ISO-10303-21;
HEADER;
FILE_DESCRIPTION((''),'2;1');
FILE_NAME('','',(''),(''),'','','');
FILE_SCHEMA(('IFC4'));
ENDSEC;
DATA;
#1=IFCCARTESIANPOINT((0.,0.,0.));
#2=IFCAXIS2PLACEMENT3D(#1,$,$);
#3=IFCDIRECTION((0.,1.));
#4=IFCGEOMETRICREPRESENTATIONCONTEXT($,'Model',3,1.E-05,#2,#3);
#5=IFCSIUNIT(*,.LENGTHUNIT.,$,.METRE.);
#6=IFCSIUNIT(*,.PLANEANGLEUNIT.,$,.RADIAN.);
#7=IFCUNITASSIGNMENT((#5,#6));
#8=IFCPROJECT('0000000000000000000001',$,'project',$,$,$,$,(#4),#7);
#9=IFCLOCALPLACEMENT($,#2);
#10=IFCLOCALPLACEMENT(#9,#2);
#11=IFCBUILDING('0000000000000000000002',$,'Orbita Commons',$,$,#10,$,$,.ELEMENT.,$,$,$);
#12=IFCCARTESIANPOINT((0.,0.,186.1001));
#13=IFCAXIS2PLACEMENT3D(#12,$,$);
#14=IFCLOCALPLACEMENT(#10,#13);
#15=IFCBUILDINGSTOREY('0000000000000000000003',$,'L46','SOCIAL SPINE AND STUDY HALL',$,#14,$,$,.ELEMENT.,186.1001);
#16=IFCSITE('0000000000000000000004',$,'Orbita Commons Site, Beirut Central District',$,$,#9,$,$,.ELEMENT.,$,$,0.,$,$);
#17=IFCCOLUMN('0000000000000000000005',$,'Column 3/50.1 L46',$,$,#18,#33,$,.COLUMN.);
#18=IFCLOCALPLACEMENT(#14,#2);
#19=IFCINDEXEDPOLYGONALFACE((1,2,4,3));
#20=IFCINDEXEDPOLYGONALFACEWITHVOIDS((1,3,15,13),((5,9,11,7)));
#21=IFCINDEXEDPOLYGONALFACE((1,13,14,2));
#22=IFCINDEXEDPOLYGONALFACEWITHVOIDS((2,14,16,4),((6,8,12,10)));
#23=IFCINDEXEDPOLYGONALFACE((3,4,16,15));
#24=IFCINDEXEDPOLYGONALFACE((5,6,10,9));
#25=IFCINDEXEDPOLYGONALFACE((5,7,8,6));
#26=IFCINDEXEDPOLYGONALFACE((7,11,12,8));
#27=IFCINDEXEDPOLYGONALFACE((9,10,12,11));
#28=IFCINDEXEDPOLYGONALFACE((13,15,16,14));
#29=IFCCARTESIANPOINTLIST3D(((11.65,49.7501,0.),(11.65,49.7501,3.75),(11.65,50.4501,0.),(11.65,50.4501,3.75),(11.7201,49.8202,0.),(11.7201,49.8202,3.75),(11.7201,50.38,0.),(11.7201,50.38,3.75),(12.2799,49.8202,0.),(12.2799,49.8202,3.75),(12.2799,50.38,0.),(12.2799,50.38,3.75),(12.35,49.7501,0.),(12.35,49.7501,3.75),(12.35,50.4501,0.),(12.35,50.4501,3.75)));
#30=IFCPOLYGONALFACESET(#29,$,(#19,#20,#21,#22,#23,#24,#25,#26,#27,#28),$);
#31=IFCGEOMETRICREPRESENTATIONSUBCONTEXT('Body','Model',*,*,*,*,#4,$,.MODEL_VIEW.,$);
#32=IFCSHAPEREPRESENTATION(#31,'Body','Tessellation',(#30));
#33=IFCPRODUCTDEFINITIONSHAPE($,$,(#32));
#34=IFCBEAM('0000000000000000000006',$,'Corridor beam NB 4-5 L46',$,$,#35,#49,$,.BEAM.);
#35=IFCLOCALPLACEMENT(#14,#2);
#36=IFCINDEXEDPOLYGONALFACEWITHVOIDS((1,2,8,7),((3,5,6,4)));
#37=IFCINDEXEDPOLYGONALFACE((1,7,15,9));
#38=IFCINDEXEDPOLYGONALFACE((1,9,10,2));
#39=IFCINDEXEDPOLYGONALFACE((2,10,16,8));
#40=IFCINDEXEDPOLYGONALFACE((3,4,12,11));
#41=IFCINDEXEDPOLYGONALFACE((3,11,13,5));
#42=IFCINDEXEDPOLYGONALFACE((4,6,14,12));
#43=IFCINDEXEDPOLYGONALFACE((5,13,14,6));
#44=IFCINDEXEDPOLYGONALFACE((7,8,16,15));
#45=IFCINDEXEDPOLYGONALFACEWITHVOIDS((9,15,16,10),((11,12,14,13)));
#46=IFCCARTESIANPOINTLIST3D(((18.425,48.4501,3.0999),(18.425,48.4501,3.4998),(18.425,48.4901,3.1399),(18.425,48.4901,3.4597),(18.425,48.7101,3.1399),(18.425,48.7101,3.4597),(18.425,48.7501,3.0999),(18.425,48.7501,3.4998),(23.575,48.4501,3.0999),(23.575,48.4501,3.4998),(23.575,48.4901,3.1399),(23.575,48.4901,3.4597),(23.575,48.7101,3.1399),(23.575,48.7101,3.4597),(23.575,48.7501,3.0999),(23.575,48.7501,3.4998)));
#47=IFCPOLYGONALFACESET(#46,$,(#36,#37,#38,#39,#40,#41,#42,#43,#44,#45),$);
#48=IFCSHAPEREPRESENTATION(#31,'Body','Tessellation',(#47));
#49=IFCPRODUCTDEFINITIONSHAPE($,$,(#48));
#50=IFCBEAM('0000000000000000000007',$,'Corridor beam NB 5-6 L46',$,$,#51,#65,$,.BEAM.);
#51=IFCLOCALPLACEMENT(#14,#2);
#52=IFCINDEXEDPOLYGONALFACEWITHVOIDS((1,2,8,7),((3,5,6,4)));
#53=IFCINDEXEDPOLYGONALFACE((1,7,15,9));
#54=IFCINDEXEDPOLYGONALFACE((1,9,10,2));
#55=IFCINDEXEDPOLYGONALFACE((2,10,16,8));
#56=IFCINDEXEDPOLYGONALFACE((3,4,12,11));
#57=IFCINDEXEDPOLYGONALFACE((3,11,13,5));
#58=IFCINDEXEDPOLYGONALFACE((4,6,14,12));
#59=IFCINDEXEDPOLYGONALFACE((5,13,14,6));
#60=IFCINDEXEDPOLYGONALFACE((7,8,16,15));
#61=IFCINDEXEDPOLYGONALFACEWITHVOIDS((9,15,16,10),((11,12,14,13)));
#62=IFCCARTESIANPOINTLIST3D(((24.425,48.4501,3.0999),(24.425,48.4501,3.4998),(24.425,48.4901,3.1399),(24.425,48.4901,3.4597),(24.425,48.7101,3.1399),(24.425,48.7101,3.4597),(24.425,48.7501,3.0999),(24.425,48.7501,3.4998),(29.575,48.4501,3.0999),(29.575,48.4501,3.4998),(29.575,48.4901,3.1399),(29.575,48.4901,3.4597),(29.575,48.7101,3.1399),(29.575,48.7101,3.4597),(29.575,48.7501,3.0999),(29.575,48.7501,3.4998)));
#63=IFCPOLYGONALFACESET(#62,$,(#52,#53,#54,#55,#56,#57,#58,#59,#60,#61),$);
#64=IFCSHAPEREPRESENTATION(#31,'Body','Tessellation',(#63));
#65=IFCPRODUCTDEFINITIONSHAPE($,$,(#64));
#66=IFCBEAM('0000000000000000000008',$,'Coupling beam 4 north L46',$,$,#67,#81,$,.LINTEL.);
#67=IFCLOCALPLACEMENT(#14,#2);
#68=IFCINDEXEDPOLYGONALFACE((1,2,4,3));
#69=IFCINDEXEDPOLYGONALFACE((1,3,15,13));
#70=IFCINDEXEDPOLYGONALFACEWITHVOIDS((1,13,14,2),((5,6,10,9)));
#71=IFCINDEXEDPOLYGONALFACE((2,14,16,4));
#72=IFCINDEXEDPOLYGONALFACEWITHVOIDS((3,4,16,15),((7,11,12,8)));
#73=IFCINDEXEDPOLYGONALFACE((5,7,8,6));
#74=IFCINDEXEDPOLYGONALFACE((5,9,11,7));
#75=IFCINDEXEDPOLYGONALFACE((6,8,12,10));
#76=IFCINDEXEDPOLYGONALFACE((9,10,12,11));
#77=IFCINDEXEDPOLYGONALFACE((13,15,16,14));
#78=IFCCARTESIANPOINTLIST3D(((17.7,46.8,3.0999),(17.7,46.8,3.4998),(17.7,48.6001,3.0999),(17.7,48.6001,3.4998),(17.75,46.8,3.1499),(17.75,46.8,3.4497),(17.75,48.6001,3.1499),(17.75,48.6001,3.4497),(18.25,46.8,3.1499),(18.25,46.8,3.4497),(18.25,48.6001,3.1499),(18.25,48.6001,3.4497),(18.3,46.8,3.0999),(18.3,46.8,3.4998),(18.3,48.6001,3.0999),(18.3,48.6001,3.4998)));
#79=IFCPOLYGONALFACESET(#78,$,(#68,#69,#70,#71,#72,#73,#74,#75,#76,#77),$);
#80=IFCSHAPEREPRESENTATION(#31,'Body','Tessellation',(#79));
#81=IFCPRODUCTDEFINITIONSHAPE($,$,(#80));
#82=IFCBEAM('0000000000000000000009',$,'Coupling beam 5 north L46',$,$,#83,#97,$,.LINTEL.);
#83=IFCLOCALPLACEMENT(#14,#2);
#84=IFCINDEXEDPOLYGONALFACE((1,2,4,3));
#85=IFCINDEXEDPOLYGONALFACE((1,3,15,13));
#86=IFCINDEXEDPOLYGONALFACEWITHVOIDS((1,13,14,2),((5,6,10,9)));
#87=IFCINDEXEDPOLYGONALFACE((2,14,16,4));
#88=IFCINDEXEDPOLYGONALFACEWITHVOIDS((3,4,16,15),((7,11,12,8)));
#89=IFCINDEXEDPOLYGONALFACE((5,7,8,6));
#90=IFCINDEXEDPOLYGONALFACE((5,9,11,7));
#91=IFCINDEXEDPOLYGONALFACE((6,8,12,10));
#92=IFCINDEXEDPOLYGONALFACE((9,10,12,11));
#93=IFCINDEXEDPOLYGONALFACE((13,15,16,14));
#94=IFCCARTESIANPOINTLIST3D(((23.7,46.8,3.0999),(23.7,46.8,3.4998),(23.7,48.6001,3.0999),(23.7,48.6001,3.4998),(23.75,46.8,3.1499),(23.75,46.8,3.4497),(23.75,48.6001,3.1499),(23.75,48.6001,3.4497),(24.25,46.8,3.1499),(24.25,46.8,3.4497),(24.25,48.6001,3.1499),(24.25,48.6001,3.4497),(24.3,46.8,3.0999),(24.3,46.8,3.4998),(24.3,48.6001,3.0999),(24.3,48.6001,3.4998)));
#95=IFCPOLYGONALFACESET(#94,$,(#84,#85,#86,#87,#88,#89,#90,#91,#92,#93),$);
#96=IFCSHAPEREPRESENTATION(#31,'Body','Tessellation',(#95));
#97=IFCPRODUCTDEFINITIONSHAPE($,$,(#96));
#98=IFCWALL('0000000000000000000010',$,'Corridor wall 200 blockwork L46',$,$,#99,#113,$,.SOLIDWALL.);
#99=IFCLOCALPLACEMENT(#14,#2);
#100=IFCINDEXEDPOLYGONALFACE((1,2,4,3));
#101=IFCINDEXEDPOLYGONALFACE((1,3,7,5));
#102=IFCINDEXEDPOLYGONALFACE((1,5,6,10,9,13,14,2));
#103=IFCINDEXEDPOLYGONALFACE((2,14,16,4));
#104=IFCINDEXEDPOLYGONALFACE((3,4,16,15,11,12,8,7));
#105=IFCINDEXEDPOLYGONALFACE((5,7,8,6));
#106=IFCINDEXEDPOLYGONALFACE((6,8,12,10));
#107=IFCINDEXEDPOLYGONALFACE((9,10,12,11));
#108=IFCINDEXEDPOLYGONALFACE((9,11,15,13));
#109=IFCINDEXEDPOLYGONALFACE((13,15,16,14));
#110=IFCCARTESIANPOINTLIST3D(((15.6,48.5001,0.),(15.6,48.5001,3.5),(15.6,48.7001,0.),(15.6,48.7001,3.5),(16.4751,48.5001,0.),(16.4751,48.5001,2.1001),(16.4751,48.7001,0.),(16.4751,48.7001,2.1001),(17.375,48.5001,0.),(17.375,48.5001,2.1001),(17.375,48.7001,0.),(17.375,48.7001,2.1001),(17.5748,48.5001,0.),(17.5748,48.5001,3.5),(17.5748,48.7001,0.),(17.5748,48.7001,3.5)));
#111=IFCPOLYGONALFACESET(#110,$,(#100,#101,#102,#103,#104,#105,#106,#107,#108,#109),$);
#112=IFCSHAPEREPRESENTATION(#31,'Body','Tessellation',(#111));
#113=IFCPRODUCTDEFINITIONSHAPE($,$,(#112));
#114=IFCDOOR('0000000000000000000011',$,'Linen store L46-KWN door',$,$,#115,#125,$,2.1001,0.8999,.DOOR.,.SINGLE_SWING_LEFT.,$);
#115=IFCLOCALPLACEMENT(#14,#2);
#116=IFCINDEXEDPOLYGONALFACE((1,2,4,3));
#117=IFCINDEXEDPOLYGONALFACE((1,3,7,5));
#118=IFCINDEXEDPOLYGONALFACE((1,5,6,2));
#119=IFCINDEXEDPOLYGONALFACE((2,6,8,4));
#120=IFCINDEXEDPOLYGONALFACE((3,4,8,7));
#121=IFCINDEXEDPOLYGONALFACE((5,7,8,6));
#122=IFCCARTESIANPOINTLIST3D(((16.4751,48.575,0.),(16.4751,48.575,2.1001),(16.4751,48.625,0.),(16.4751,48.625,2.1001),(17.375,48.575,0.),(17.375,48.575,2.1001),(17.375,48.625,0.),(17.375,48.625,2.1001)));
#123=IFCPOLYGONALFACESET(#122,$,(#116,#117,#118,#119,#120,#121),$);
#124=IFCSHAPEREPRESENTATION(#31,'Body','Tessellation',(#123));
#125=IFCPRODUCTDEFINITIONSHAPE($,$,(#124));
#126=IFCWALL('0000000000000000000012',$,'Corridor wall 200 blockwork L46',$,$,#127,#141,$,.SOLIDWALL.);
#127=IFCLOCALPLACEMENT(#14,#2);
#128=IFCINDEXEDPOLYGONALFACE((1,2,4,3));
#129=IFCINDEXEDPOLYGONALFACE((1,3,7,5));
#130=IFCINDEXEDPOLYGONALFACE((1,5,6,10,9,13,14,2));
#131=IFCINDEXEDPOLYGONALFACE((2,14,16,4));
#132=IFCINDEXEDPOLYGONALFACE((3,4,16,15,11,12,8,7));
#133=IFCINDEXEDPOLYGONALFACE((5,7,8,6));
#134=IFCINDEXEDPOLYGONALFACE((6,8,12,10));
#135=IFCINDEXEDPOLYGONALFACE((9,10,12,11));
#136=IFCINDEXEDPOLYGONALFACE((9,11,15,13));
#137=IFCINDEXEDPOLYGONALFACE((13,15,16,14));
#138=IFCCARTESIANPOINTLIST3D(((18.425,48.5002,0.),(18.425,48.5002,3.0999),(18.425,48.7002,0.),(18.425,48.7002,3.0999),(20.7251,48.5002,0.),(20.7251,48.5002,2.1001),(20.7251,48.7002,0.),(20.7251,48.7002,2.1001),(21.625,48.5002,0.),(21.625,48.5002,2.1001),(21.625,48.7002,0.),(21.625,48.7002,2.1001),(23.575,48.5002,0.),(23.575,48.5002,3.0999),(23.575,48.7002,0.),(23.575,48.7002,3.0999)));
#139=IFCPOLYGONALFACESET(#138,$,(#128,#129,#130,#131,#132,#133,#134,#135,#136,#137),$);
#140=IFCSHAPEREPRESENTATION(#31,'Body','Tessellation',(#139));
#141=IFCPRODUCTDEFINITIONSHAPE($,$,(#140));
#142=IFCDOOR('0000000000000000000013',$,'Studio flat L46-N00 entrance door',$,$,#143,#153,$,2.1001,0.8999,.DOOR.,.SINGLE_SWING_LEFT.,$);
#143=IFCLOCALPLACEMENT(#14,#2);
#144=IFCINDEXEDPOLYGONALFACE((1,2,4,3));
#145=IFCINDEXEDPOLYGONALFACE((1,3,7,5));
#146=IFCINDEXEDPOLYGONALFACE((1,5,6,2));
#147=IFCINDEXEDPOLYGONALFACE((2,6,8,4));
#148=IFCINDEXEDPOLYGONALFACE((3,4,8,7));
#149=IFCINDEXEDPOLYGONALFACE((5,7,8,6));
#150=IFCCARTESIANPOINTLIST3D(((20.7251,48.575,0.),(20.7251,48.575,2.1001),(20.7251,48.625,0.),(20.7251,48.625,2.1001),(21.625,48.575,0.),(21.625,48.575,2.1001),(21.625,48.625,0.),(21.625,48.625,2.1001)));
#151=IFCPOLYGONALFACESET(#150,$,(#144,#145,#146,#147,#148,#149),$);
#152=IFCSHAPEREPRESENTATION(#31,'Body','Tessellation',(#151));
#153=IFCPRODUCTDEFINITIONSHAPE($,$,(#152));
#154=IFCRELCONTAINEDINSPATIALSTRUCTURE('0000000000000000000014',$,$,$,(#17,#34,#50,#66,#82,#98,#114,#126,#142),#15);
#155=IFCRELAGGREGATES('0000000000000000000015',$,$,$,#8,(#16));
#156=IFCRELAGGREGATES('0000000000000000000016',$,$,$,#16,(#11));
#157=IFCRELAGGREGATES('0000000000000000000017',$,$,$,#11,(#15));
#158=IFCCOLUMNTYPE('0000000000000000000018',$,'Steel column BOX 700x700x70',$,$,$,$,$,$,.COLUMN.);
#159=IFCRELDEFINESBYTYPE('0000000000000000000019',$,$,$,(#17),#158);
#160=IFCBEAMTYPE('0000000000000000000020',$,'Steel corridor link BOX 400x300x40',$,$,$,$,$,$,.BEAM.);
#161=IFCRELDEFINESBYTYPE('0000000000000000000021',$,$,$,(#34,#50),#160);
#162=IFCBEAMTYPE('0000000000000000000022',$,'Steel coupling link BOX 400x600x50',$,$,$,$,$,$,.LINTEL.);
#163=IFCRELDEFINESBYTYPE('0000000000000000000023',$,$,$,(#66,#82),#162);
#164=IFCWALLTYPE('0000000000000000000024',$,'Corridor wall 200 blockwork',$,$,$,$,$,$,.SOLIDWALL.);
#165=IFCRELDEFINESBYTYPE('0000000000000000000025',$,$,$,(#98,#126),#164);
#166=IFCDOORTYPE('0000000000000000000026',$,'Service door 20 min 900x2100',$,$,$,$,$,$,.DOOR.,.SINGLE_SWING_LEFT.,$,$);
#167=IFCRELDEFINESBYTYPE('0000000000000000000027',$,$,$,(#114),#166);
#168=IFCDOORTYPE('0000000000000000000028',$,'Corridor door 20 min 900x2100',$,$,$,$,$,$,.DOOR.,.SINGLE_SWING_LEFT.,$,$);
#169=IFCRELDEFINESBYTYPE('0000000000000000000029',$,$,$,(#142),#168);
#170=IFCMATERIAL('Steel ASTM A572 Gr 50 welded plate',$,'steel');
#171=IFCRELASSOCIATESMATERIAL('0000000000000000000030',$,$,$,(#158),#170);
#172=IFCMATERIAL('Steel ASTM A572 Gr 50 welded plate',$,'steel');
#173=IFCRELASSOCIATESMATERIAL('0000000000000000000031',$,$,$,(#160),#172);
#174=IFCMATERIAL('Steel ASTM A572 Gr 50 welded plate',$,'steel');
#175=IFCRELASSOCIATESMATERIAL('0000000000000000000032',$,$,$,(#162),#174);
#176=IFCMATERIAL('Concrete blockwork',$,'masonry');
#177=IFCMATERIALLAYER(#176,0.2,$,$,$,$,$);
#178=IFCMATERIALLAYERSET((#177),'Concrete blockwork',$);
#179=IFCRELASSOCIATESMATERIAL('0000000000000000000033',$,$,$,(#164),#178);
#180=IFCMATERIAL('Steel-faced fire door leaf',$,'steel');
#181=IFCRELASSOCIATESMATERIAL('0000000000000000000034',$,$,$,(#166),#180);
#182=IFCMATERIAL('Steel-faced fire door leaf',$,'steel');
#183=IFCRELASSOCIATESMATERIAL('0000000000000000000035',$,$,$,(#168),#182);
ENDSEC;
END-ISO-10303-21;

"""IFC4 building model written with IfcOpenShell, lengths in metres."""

from ifc_helpers import new_model, si_unit, direction, frame, frame_2d, origin, origin_2d, place, context, subcontext, project, spatial, polyline, rectangle, hollow_rectangle, outline, extrude, material, layer, layer_set, material_profile, profile_set, type_object, element, fill, save


model = new_model("IFC4")

# Units and contexts
model_context = context("Model", 3, precision=1e-05, world=origin(), true_north=direction((0.0, 1.0)))
body_context = subcontext(model_context, "Body", "Model", "MODEL_VIEW")
ifc_project = project(units=[si_unit("LENGTHUNIT", "METRE"), si_unit("PLANEANGLEUNIT", "RADIAN")], contexts=[model_context])

# Site, building, storey
site_placement = place(None, origin())
site = spatial("IfcSite", under=ifc_project, at=site_placement, Name="Orbita Commons Site, Beirut Central District", CompositionType="ELEMENT", RefElevation=0.0)
building_placement = place(site_placement, origin())
building = spatial("IfcBuilding", under=site, at=building_placement, Name="Orbita Commons", CompositionType="ELEMENT")
storey_placement = place(building_placement, frame((0.0, 0.0, 186.1001)))
storey = spatial("IfcBuildingStorey", under=building, at=storey_placement, Name="L46", Description="SOCIAL SPINE AND STUDY HALL", CompositionType="ELEMENT", Elevation=186.1001)

# Column
ifc_material_1 = material(Name="Steel ASTM A572 Gr 50 welded plate", Category="steel")
ifc_material_profile_1 = material_profile(ifc_material_1, hollow_rectangle(XDim=0.7, YDim=0.7, WallThickness=0.0701, at=origin_2d()), Name="BOX 700x700x70")
ifc_profile_set_1 = profile_set([ifc_material_profile_1], Name="Steel ASTM A572 Gr 50 welded plate")
column_type = type_object("IfcColumnType", Name="Steel column BOX 700x700x70", PredefinedType="COLUMN", material=ifc_profile_set_1)
column_placement = place(storey_placement, frame((12.0, 50.1001, 0.0), z_axis=(0.0, 0.0, 1.0), x_axis=(1.0, 0.0, 0.0)))
element("IfcColumn", 1, at=column_placement, inside=storey, type_object=column_type, Name="Column 3/50.1 L46", PredefinedType="COLUMN", context=body_context, shape_type="SweptSolid", body=[
    extrude(hollow_rectangle(XDim=0.7, YDim=0.7, WallThickness=0.0701, at=origin_2d()), origin(), (0.0, 0.0, 1.0), 3.75),
])

# Beams
ifc_material_2 = material(Name="Steel ASTM A572 Gr 50 welded plate", Category="steel")
ifc_material_profile_2 = material_profile(ifc_material_2, hollow_rectangle(XDim=0.3, YDim=0.3999, WallThickness=0.04, at=origin_2d()), Name="BOX 400x300x40")
ifc_profile_set_2 = profile_set([ifc_material_profile_2], Name="Steel ASTM A572 Gr 50 welded plate")
beam_type_1 = type_object("IfcBeamType", Name="Steel corridor link BOX 400x300x40", PredefinedType="BEAM", material=ifc_profile_set_2)
for number, where, z_axis, x_axis, name in (
    (2, (18.425, 48.6001, 3.2998), (1.0, 0.0, 0.0), (0.0, 1.0, 0.0), "Corridor beam NB 4-5 L46"),
    (3, (24.425, 48.6001, 3.2998), (1.0, 0.0, 0.0), (0.0, 1.0, 0.0), "Corridor beam NB 5-6 L46"),
):
    element("IfcBeam", number, at=place(storey_placement, frame(where, z_axis=z_axis, x_axis=x_axis)), inside=storey, type_object=beam_type_1, Name=name, PredefinedType="BEAM", context=body_context, shape_type="SweptSolid", body=[
        extrude(hollow_rectangle(XDim=0.3, YDim=0.3999, WallThickness=0.04, at=origin_2d()), origin(), (0.0, 0.0, 1.0), 5.1499),
    ])
ifc_material_3 = material(Name="Steel ASTM A572 Gr 50 welded plate", Category="steel")
ifc_material_profile_3 = material_profile(ifc_material_3, hollow_rectangle(XDim=0.6001, YDim=0.3999, WallThickness=0.05, at=origin_2d()), Name="BOX 400x600x50")
ifc_profile_set_3 = profile_set([ifc_material_profile_3], Name="Steel ASTM A572 Gr 50 welded plate")
beam_type_2 = type_object("IfcBeamType", Name="Steel coupling link BOX 400x600x50", PredefinedType="LINTEL", material=ifc_profile_set_3)
for number, where, z_axis, x_axis, name in (
    (4, (18.0, 46.8, 3.2998), (0.0, 1.0, 0.0), (-1.0, 0.0, 0.0), "Coupling beam 4 north L46"),
    (5, (24.0, 46.8, 3.2998), (0.0, 1.0, 0.0), (-1.0, 0.0, 0.0), "Coupling beam 5 north L46"),
):
    element("IfcBeam", number, at=place(storey_placement, frame(where, z_axis=z_axis, x_axis=x_axis)), inside=storey, type_object=beam_type_2, Name=name, PredefinedType="LINTEL", context=body_context, shape_type="SweptSolid", body=[
        extrude(hollow_rectangle(XDim=0.6001, YDim=0.3999, WallThickness=0.05, at=origin_2d()), origin(), (0.0, 0.0, 1.0), 1.8),
    ])

# Walls, openings, doors
ifc_material_4 = material(Name="Concrete blockwork", Category="masonry")
ifc_layer_1 = layer(ifc_material_4, 0.2)
ifc_layer_set_1 = layer_set([ifc_layer_1], Name="Concrete blockwork")
wall_type_1 = type_object("IfcWallType", Name="Corridor wall 200 blockwork", PredefinedType="SOLIDWALL", material=ifc_layer_set_1)
wall_1_placement = place(storey_placement, frame((15.6001, 48.6001, 0.0), z_axis=(0.0, 0.0, 1.0), x_axis=(1.0, 0.0, 0.0)))
wall_1 = element("IfcWall", 6, at=wall_1_placement, inside=storey, type_object=wall_type_1, Name="Corridor wall 200 blockwork L46", PredefinedType="SOLIDWALL", context=body_context, shape_type="SweptSolid", body=[
    extrude(rectangle(XDim=1.9749, YDim=0.2, at=frame_2d((0.9873, 0.0))), origin(), (0.0, 0.0, 1.0), 3.5),
])
opening_1_placement = place(wall_1_placement, frame((0.875, 0.0, 0.0)))
opening_1 = element("IfcOpeningElement", 7, at=opening_1_placement, cuts=wall_1, PredefinedType="OPENING", context=body_context, shape_type="SweptSolid", body=[
    extrude(rectangle(XDim=0.8999, YDim=2.1001, at=frame_2d((0.45, 1.05))), frame((0.0, 0.1099, 0.0), z_axis=(0.0, -1.0, 0.0), x_axis=(1.0, 0.0, 0.0)), (0.0, 0.0, 1.0), 0.22),
])
ifc_material_5 = material(Name="Steel-faced fire door leaf", Category="steel")
door_type_1 = type_object("IfcDoorType", Name="Service door 20 min 900x2100", OperationType="SINGLE_SWING_LEFT", PredefinedType="DOOR", material=ifc_material_5)
door_1_placement = place(opening_1_placement, origin())
door_1 = element("IfcDoor", 8, at=door_1_placement, inside=storey, type_object=door_type_1, Name="Linen store L46-KWN door", OperationType="SINGLE_SWING_LEFT", OverallHeight=2.1001, OverallWidth=0.8999, PredefinedType="DOOR", context=body_context, shape_type="SweptSolid", body=[
    extrude(rectangle(XDim=0.8999, YDim=2.1001, at=frame_2d((0.45, 1.05))), frame((0.0, 0.0249, 0.0), z_axis=(0.0, -1.0, 0.0), x_axis=(1.0, 0.0, 0.0)), (0.0, 0.0, 1.0), 0.05),
])
fill(opening_1, door_1)
wall_2_placement = place(storey_placement, frame((18.425, 48.6001, 0.0), z_axis=(0.0, 0.0, 1.0), x_axis=(1.0, 0.0, 0.0)))
wall_2 = element("IfcWall", 9, at=wall_2_placement, inside=storey, type_object=wall_type_1, Name="Corridor wall 200 blockwork L46", PredefinedType="SOLIDWALL", context=body_context, shape_type="SweptSolid", body=[
    extrude(outline(polyline([(0.0, 0.0), (5.1499, 0.0), (5.1499, 3.0999), (0.0, 3.0999), (0.0, 0.0)])), frame((0.0, 0.1001, 0.0), z_axis=(0.0, -1.0, 0.0), x_axis=(1.0, 0.0, 0.0)), (0.0, 0.0, 1.0), 0.2),
])
opening_2_placement = place(wall_2_placement, frame((2.3, 0.0, 0.0)))
opening_2 = element("IfcOpeningElement", 10, at=opening_2_placement, cuts=wall_2, PredefinedType="OPENING", context=body_context, shape_type="SweptSolid", body=[
    extrude(rectangle(XDim=0.8999, YDim=2.1001, at=frame_2d((0.45, 1.05))), frame((0.0, 0.1099, 0.0), z_axis=(0.0, -1.0, 0.0), x_axis=(1.0, 0.0, 0.0)), (0.0, 0.0, 1.0), 0.22),
])
ifc_material_6 = material(Name="Steel-faced fire door leaf", Category="steel")
door_type_2 = type_object("IfcDoorType", Name="Corridor door 20 min 900x2100", OperationType="SINGLE_SWING_LEFT", PredefinedType="DOOR", material=ifc_material_6)
door_2_placement = place(opening_2_placement, origin())
door_2 = element("IfcDoor", 11, at=door_2_placement, inside=storey, type_object=door_type_2, Name="Studio flat L46-N00 entrance door", OperationType="SINGLE_SWING_LEFT", OverallHeight=2.1001, OverallWidth=0.8999, PredefinedType="DOOR", context=body_context, shape_type="SweptSolid", body=[
    extrude(rectangle(XDim=0.8999, YDim=2.1001, at=frame_2d((0.45, 1.05))), frame((0.0, 0.0249, 0.0), z_axis=(0.0, -1.0, 0.0), x_axis=(1.0, 0.0, 0.0)), (0.0, 0.0, 1.0), 0.05),
])
fill(opening_2, door_2)

save(model, "model.ifc")
